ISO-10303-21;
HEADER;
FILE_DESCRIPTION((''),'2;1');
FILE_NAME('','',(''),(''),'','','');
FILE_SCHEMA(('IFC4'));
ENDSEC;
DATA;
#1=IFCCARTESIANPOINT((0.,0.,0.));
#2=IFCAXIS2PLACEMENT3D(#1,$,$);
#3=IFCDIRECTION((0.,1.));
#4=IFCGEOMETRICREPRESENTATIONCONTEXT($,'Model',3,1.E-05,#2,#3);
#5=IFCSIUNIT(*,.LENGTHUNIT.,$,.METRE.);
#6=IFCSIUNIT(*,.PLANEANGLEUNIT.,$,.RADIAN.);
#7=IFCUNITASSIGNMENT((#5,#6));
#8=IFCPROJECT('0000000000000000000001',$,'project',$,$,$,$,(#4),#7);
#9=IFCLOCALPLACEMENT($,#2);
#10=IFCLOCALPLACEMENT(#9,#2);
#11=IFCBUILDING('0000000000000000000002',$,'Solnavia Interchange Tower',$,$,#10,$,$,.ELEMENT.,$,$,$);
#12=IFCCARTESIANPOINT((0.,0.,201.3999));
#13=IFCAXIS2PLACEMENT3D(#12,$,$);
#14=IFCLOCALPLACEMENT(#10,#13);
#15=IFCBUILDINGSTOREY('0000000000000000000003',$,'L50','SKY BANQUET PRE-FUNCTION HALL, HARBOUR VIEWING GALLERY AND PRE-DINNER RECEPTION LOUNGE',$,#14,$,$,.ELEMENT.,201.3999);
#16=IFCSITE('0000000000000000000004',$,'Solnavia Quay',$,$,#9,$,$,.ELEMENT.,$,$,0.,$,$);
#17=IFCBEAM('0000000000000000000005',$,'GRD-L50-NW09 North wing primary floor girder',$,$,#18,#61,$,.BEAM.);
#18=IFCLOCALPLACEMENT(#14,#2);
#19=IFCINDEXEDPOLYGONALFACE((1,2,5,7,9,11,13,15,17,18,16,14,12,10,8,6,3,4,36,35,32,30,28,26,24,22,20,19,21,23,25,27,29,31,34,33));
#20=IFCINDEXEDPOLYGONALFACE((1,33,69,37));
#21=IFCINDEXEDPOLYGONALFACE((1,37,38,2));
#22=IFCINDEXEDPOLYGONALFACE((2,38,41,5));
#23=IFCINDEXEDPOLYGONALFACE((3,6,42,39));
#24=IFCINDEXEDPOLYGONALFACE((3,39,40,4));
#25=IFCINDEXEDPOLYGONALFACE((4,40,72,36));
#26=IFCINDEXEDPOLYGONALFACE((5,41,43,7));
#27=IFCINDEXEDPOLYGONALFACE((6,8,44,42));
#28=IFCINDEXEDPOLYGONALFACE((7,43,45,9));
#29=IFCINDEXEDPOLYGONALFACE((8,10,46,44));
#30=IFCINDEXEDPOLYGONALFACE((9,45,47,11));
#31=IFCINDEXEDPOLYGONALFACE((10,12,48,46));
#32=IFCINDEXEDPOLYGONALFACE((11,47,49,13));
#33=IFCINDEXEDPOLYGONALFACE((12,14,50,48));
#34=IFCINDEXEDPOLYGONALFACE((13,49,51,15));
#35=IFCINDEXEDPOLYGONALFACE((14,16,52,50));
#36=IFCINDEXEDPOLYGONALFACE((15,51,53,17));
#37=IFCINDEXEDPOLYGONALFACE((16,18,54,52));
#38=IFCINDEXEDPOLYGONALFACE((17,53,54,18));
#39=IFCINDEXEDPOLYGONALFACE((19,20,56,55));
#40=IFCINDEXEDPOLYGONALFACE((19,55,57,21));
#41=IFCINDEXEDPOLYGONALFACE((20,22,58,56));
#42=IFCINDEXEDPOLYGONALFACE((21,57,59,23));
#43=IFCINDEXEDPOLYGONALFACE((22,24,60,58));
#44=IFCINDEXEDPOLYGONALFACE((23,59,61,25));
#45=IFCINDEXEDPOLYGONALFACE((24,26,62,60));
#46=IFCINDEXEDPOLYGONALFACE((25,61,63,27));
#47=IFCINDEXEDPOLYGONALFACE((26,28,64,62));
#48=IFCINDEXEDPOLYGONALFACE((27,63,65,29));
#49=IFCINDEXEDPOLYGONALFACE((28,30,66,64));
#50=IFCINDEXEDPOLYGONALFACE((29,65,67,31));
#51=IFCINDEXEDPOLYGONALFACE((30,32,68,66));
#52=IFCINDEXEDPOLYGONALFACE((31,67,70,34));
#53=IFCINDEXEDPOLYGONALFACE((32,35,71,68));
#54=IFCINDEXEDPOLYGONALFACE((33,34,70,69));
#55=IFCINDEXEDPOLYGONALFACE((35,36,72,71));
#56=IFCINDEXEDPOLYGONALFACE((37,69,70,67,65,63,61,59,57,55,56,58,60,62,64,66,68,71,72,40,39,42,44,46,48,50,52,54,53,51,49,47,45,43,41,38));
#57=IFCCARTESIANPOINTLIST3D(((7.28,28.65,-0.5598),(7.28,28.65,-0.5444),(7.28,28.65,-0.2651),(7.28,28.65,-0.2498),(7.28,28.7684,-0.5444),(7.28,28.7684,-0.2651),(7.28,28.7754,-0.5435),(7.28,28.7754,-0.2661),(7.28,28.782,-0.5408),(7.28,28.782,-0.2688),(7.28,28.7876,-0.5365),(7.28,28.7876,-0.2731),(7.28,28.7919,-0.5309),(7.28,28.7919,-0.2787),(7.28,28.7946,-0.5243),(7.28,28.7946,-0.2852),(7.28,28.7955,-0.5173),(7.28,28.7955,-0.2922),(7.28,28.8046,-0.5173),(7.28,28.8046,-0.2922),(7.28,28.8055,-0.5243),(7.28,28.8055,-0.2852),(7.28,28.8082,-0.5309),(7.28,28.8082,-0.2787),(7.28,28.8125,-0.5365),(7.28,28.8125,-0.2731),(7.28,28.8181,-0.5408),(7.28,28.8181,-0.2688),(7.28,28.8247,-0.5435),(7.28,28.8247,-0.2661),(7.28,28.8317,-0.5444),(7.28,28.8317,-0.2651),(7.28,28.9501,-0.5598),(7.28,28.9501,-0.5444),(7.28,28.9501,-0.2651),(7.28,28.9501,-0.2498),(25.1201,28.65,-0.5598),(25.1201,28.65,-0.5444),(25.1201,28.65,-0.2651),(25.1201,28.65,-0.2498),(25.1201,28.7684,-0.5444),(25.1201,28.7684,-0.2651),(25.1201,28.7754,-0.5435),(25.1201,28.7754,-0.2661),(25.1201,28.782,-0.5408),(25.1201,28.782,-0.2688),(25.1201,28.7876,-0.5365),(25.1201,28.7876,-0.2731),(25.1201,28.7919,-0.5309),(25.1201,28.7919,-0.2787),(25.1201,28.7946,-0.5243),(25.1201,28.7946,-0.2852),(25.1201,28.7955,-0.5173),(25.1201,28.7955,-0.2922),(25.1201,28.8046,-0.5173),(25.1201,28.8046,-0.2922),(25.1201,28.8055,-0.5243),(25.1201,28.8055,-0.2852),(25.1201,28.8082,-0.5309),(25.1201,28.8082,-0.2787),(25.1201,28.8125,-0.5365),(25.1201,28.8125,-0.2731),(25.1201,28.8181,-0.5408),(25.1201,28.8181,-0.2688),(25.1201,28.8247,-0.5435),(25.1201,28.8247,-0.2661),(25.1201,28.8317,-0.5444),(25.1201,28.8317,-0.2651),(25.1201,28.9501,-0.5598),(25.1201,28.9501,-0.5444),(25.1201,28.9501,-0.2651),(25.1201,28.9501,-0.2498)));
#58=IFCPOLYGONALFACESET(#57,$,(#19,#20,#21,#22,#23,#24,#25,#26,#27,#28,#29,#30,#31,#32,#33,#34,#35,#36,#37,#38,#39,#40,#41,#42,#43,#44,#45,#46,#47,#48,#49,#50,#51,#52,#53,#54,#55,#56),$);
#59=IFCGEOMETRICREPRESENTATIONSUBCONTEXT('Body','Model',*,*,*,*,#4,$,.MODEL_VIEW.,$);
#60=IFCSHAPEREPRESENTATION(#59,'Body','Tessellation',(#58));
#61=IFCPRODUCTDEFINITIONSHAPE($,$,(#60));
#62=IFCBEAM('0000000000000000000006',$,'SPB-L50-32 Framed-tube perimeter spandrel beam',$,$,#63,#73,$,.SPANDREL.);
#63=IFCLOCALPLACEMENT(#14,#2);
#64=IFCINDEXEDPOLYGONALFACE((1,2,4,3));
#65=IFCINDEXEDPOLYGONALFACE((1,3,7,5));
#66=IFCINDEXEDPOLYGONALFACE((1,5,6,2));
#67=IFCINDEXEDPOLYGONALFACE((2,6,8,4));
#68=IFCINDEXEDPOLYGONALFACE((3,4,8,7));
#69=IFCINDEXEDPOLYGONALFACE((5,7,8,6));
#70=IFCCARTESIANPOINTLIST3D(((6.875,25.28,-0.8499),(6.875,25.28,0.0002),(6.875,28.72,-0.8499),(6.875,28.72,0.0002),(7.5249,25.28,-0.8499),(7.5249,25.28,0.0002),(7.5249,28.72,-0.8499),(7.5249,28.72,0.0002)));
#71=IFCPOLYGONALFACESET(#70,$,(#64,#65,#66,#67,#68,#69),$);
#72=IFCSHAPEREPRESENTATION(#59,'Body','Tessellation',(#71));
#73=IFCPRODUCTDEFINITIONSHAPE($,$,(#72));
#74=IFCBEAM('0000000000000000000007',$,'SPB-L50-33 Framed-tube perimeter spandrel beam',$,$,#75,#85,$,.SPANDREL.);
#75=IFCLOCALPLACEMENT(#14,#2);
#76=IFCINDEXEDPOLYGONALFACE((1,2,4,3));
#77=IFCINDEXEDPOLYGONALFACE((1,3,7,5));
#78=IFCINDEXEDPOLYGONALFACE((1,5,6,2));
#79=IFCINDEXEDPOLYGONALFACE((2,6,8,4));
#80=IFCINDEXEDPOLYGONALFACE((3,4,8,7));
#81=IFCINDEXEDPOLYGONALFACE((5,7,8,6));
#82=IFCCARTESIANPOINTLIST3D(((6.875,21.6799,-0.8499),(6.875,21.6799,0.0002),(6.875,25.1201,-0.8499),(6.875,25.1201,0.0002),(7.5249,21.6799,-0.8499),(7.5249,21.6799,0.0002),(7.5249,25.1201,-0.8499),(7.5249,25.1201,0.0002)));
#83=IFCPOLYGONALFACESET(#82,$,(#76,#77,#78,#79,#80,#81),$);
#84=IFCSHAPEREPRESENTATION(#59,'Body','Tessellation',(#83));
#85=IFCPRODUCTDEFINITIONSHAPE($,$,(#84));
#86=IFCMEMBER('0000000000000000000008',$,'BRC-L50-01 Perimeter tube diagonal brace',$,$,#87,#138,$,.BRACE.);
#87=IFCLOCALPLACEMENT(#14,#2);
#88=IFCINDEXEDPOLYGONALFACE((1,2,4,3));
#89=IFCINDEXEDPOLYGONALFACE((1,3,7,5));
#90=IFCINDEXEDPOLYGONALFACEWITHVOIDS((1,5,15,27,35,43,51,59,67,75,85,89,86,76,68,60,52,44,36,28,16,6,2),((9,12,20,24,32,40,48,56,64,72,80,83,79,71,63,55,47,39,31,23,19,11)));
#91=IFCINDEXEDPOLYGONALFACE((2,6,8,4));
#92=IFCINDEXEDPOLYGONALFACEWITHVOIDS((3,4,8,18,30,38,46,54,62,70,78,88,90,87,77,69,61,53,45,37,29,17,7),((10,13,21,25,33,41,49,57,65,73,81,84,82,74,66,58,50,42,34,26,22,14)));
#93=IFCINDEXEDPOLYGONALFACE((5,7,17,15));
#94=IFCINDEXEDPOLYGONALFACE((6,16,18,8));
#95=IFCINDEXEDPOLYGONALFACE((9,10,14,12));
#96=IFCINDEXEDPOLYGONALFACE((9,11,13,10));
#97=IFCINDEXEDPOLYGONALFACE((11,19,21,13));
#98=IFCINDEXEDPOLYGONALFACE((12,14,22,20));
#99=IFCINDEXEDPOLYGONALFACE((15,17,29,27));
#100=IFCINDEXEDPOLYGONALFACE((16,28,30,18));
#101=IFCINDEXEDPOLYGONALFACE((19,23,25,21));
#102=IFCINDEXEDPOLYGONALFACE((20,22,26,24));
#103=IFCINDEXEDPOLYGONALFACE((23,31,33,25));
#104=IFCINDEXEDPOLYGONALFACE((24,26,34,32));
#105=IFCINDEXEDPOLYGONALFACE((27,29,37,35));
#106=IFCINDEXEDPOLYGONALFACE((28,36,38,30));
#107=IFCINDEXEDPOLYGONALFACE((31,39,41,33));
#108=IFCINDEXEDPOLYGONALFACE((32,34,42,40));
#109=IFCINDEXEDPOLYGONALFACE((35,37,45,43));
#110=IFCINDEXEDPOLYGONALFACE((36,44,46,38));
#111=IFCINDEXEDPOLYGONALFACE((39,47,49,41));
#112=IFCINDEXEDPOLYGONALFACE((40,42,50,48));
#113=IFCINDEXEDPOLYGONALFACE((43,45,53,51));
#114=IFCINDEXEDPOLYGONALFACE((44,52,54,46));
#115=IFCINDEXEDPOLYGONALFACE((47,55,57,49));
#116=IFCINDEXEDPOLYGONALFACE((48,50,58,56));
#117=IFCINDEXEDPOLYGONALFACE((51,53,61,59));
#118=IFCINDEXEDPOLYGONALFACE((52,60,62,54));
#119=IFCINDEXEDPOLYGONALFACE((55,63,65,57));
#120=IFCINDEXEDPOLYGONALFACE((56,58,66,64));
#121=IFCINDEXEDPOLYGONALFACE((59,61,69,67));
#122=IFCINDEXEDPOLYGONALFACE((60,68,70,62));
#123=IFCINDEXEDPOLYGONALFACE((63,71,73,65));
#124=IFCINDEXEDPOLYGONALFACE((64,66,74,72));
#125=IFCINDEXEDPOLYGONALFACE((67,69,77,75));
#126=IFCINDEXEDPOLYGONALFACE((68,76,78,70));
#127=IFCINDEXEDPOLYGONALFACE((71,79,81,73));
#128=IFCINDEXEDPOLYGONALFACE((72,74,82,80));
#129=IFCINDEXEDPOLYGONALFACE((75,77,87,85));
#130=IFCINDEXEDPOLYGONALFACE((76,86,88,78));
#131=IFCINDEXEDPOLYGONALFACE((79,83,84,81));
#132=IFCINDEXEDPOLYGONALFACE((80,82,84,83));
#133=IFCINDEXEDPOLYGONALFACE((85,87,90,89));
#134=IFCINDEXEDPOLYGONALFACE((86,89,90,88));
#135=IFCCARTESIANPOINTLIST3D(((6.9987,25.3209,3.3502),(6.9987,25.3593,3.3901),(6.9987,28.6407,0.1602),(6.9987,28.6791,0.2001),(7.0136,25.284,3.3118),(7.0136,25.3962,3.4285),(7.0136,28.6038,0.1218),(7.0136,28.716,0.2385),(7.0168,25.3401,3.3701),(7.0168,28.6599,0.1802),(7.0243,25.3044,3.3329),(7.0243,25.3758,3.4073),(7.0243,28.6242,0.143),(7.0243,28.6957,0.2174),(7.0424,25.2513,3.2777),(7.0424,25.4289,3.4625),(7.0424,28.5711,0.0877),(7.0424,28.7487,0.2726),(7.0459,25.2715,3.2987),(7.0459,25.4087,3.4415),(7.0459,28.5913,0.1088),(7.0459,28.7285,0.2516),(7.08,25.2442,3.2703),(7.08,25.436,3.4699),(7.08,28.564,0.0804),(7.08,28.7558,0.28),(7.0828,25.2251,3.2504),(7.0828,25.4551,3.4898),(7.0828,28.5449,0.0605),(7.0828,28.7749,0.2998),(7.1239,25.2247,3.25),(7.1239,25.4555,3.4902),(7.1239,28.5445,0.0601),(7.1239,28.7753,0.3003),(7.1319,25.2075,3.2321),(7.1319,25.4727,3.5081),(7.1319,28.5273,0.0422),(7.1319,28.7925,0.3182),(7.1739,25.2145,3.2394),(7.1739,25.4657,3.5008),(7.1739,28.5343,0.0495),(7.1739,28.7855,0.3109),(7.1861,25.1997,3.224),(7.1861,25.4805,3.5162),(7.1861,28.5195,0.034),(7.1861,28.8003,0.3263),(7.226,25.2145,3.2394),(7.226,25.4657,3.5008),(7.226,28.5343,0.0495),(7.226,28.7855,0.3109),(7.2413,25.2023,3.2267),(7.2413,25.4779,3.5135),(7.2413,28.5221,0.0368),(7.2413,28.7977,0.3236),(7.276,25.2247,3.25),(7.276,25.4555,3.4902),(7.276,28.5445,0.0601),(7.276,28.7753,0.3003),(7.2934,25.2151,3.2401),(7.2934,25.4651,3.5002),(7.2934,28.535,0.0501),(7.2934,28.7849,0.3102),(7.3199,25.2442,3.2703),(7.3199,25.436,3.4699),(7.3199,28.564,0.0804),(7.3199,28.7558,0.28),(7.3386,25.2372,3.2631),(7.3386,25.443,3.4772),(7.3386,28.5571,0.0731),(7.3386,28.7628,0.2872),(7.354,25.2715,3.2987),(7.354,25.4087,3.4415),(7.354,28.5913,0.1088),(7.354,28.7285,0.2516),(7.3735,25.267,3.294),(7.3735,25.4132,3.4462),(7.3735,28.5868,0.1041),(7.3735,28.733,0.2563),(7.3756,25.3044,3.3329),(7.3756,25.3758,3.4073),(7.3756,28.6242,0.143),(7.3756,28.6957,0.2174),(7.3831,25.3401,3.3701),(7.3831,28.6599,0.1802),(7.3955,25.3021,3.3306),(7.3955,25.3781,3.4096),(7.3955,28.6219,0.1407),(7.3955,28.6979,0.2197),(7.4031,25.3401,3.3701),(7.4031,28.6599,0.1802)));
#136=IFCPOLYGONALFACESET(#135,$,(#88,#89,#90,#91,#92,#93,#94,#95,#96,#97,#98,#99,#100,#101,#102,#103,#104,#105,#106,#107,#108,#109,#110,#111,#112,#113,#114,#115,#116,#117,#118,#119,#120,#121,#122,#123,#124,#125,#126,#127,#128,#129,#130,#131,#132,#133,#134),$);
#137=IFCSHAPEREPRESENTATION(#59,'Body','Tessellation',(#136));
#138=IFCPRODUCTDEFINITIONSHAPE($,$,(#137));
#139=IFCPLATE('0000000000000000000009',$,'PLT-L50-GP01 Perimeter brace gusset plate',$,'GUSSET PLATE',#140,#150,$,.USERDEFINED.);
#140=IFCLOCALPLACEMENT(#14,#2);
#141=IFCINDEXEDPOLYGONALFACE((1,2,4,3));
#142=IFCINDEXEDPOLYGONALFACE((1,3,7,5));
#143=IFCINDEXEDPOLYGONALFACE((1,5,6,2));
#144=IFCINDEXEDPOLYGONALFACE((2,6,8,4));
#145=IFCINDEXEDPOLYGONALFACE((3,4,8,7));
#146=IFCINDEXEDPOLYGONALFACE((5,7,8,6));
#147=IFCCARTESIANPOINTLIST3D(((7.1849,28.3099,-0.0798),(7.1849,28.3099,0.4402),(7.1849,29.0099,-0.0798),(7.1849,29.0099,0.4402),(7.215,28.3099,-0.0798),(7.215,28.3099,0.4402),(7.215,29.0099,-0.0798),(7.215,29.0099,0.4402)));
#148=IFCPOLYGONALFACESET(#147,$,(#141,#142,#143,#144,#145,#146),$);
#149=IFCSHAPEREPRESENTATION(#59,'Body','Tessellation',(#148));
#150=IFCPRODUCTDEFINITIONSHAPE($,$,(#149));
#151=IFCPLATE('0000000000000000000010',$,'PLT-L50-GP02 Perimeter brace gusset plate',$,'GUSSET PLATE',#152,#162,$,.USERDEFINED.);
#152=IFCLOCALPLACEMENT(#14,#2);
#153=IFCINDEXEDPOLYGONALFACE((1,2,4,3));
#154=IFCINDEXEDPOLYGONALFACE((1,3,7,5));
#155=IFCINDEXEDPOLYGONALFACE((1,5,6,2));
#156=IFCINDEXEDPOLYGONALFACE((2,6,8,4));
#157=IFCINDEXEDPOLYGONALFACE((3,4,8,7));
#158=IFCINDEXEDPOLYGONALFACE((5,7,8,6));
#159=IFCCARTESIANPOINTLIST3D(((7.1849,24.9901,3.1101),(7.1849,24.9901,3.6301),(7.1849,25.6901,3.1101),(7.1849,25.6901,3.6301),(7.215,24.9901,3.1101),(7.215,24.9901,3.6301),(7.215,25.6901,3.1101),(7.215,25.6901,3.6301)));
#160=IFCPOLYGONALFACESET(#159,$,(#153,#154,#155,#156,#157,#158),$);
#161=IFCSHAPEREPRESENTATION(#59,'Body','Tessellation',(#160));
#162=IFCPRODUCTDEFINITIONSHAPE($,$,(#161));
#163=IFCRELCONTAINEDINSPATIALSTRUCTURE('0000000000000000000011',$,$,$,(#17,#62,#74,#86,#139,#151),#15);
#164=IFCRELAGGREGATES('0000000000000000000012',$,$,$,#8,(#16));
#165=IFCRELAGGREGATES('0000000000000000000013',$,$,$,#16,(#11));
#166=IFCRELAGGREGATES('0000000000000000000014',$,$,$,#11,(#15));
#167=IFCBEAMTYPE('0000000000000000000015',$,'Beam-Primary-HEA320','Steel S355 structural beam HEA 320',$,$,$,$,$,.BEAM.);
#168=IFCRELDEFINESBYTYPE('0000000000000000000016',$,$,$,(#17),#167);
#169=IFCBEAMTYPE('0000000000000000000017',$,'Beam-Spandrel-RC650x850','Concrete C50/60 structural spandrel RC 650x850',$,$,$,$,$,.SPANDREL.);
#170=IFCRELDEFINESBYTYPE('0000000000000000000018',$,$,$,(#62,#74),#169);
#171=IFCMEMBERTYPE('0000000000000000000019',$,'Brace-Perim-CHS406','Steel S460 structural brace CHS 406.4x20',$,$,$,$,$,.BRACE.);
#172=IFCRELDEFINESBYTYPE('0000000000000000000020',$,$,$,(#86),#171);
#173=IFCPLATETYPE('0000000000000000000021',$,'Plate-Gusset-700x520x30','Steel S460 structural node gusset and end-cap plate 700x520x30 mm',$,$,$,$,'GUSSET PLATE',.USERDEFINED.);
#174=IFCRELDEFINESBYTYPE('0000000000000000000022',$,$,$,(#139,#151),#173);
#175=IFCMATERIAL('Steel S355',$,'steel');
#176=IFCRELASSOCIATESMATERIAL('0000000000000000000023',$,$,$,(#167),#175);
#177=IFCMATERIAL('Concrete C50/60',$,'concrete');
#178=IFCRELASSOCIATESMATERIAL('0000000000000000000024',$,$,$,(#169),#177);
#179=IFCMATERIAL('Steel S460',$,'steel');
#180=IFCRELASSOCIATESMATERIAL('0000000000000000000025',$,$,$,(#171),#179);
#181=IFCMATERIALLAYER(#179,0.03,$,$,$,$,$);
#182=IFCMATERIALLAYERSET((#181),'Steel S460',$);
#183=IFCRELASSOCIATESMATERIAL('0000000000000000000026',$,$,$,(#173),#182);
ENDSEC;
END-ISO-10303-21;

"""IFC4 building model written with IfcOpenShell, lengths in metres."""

from ifc_helpers import new_model, si_unit, direction, frame, origin, origin_2d, place, context, subcontext, project, spatial, rectangle, hollow_circle, i_section, extrude, material, layer, layer_set, material_profile, profile_set, type_object, element, save


model = new_model("IFC4")

# Units and contexts
model_context = context("Model", 3, precision=1e-05, world=origin(), true_north=direction((0.0, 1.0)))
body_context = subcontext(model_context, "Body", "Model", "MODEL_VIEW")
ifc_project = project(units=[si_unit("LENGTHUNIT", "METRE"), si_unit("PLANEANGLEUNIT", "RADIAN")], contexts=[model_context])

# Site, building, storey
site_placement = place(None, origin())
site = spatial("IfcSite", under=ifc_project, at=site_placement, Name="Solnavia Quay", CompositionType="ELEMENT", RefElevation=0.0)
building_placement = place(site_placement, origin())
building = spatial("IfcBuilding", under=site, at=building_placement, Name="Solnavia Interchange Tower", CompositionType="ELEMENT")
storey_placement = place(building_placement, frame((0.0, 0.0, 201.3999)))
storey = spatial("IfcBuildingStorey", under=building, at=storey_placement, Name="L50", Description="SKY BANQUET PRE-FUNCTION HALL, HARBOUR VIEWING GALLERY AND PRE-DINNER RECEPTION LOUNGE", CompositionType="ELEMENT", Elevation=201.3999)

# Shared definitions
ifc_material_1 = material(Name="Concrete C50/60", Category="concrete")
ifc_material_2 = material(Name="Steel S355", Category="steel")

# Beams
ifc_material_3 = material(Name="Steel S460", Category="steel")
ifc_material_profile_1 = material_profile(ifc_material_2, i_section(OverallWidth=0.3, OverallDepth=0.3101, WebThickness=0.009, FlangeThickness=0.0154, FilletRadius=0.0271, at=origin_2d()), Name="HEA 320")
ifc_profile_set_1 = profile_set([ifc_material_profile_1], Name="Steel S355")
beam_type_1 = type_object("IfcBeamType", Name="Beam-Primary-HEA320", Description="Steel S355 structural beam HEA 320", PredefinedType="BEAM", material=ifc_profile_set_1)
beam_1_placement = place(storey_placement, frame((7.28, 28.8, -0.4048), z_axis=(1.0, 0.0, 0.0), x_axis=(0.0, 1.0, 0.0)))
element("IfcBeam", 1, at=beam_1_placement, inside=storey, type_object=beam_type_1, Name="GRD-L50-NW09 North wing primary floor girder", PredefinedType="BEAM", context=body_context, shape_type="SweptSolid", body=[
    extrude(i_section(OverallWidth=0.3, OverallDepth=0.3101, WebThickness=0.009, FlangeThickness=0.0154, FilletRadius=0.0271, at=origin_2d()), origin(), (0.0, 0.0, 1.0), 17.8401),
])
ifc_material_profile_2 = material_profile(ifc_material_1, rectangle(XDim=0.6499, YDim=0.8501, at=origin_2d()), Name="RC 650x850")
ifc_profile_set_2 = profile_set([ifc_material_profile_2], Name="Concrete C50/60")
beam_type_2 = type_object("IfcBeamType", Name="Beam-Spandrel-RC650x850", Description="Concrete C50/60 structural spandrel RC 650x850", PredefinedType="SPANDREL", material=ifc_profile_set_2)
beam_2_placement = place(storey_placement, frame((7.2, 28.72, -0.4248), z_axis=(0.0, -1.0, 0.0), x_axis=(1.0, 0.0, 0.0)))
element("IfcBeam", 2, at=beam_2_placement, inside=storey, type_object=beam_type_2, Name="SPB-L50-32 Framed-tube perimeter spandrel beam", PredefinedType="SPANDREL", context=body_context, shape_type="SweptSolid", body=[
    extrude(rectangle(XDim=0.6499, YDim=0.8501, at=origin_2d()), origin(), (0.0, 0.0, 1.0), 3.4399),
])
beam_3_placement = place(storey_placement, frame((7.2, 25.1201, -0.4248), z_axis=(0.0, -1.0, 0.0), x_axis=(1.0, 0.0, 0.0)))
element("IfcBeam", 3, at=beam_3_placement, inside=storey, type_object=beam_type_2, Name="SPB-L50-33 Framed-tube perimeter spandrel beam", PredefinedType="SPANDREL", context=body_context, shape_type="SweptSolid", body=[
    extrude(rectangle(XDim=0.6499, YDim=0.8501, at=origin_2d()), origin(), (0.0, 0.0, 1.0), 3.4402),
])

# Member
ifc_material_profile_3 = material_profile(ifc_material_3, hollow_circle(Radius=0.2031, WallThickness=0.02, at=origin_2d()), Name="CHS 406.4x20")
ifc_profile_set_3 = profile_set([ifc_material_profile_3], Name="Steel S460")
member_type = type_object("IfcMemberType", Name="Brace-Perim-CHS406", Description="Steel S460 structural brace CHS 406.4x20", PredefinedType="BRACE", material=ifc_profile_set_3)
member_placement = place(storey_placement, frame((7.2, 28.6599, 0.1802), z_axis=(0.0, -0.721071, 0.692861), x_axis=(1.0, 0.0, 0.0)))
element("IfcMember", 4, at=member_placement, inside=storey, type_object=member_type, Name="BRC-L50-01 Perimeter tube diagonal brace", PredefinedType="BRACE", context=body_context, shape_type="SweptSolid", body=[
    extrude(hollow_circle(Radius=0.2031, WallThickness=0.02, at=origin_2d()), origin(), (0.0, 0.0, 1.0), 4.604),
])

# Plates
ifc_layer_1 = layer(ifc_material_3, 0.03)
ifc_layer_set_1 = layer_set([ifc_layer_1], Name="Steel S460")
plate_type = type_object("IfcPlateType", Name="Plate-Gusset-700x520x30", Description="Steel S460 structural node gusset and end-cap plate 700x520x30 mm", ElementType="GUSSET PLATE", PredefinedType="USERDEFINED", material=ifc_layer_set_1)
for number, where, z_axis, x_axis, name in (
    (5, (7.2, 28.6599, -0.0798), (0.0, 0.0, 1.0), (0.0, -1.0, 0.0), "PLT-L50-GP01 Perimeter brace gusset plate"),
    (6, (7.2, 25.3401, 3.1101), (0.0, 0.0, 1.0), (0.0, -1.0, 0.0), "PLT-L50-GP02 Perimeter brace gusset plate"),
):
    element("IfcPlate", number, at=place(storey_placement, frame(where, z_axis=z_axis, x_axis=x_axis)), inside=storey, type_object=plate_type, Name=name, ObjectType="GUSSET PLATE", PredefinedType="USERDEFINED", context=body_context, shape_type="SweptSolid", body=[
        extrude(rectangle(XDim=0.7, YDim=0.03, at=origin_2d()), origin(), (0.0, 0.0, 1.0), 0.52),
    ])

save(model, "model.ifc")
